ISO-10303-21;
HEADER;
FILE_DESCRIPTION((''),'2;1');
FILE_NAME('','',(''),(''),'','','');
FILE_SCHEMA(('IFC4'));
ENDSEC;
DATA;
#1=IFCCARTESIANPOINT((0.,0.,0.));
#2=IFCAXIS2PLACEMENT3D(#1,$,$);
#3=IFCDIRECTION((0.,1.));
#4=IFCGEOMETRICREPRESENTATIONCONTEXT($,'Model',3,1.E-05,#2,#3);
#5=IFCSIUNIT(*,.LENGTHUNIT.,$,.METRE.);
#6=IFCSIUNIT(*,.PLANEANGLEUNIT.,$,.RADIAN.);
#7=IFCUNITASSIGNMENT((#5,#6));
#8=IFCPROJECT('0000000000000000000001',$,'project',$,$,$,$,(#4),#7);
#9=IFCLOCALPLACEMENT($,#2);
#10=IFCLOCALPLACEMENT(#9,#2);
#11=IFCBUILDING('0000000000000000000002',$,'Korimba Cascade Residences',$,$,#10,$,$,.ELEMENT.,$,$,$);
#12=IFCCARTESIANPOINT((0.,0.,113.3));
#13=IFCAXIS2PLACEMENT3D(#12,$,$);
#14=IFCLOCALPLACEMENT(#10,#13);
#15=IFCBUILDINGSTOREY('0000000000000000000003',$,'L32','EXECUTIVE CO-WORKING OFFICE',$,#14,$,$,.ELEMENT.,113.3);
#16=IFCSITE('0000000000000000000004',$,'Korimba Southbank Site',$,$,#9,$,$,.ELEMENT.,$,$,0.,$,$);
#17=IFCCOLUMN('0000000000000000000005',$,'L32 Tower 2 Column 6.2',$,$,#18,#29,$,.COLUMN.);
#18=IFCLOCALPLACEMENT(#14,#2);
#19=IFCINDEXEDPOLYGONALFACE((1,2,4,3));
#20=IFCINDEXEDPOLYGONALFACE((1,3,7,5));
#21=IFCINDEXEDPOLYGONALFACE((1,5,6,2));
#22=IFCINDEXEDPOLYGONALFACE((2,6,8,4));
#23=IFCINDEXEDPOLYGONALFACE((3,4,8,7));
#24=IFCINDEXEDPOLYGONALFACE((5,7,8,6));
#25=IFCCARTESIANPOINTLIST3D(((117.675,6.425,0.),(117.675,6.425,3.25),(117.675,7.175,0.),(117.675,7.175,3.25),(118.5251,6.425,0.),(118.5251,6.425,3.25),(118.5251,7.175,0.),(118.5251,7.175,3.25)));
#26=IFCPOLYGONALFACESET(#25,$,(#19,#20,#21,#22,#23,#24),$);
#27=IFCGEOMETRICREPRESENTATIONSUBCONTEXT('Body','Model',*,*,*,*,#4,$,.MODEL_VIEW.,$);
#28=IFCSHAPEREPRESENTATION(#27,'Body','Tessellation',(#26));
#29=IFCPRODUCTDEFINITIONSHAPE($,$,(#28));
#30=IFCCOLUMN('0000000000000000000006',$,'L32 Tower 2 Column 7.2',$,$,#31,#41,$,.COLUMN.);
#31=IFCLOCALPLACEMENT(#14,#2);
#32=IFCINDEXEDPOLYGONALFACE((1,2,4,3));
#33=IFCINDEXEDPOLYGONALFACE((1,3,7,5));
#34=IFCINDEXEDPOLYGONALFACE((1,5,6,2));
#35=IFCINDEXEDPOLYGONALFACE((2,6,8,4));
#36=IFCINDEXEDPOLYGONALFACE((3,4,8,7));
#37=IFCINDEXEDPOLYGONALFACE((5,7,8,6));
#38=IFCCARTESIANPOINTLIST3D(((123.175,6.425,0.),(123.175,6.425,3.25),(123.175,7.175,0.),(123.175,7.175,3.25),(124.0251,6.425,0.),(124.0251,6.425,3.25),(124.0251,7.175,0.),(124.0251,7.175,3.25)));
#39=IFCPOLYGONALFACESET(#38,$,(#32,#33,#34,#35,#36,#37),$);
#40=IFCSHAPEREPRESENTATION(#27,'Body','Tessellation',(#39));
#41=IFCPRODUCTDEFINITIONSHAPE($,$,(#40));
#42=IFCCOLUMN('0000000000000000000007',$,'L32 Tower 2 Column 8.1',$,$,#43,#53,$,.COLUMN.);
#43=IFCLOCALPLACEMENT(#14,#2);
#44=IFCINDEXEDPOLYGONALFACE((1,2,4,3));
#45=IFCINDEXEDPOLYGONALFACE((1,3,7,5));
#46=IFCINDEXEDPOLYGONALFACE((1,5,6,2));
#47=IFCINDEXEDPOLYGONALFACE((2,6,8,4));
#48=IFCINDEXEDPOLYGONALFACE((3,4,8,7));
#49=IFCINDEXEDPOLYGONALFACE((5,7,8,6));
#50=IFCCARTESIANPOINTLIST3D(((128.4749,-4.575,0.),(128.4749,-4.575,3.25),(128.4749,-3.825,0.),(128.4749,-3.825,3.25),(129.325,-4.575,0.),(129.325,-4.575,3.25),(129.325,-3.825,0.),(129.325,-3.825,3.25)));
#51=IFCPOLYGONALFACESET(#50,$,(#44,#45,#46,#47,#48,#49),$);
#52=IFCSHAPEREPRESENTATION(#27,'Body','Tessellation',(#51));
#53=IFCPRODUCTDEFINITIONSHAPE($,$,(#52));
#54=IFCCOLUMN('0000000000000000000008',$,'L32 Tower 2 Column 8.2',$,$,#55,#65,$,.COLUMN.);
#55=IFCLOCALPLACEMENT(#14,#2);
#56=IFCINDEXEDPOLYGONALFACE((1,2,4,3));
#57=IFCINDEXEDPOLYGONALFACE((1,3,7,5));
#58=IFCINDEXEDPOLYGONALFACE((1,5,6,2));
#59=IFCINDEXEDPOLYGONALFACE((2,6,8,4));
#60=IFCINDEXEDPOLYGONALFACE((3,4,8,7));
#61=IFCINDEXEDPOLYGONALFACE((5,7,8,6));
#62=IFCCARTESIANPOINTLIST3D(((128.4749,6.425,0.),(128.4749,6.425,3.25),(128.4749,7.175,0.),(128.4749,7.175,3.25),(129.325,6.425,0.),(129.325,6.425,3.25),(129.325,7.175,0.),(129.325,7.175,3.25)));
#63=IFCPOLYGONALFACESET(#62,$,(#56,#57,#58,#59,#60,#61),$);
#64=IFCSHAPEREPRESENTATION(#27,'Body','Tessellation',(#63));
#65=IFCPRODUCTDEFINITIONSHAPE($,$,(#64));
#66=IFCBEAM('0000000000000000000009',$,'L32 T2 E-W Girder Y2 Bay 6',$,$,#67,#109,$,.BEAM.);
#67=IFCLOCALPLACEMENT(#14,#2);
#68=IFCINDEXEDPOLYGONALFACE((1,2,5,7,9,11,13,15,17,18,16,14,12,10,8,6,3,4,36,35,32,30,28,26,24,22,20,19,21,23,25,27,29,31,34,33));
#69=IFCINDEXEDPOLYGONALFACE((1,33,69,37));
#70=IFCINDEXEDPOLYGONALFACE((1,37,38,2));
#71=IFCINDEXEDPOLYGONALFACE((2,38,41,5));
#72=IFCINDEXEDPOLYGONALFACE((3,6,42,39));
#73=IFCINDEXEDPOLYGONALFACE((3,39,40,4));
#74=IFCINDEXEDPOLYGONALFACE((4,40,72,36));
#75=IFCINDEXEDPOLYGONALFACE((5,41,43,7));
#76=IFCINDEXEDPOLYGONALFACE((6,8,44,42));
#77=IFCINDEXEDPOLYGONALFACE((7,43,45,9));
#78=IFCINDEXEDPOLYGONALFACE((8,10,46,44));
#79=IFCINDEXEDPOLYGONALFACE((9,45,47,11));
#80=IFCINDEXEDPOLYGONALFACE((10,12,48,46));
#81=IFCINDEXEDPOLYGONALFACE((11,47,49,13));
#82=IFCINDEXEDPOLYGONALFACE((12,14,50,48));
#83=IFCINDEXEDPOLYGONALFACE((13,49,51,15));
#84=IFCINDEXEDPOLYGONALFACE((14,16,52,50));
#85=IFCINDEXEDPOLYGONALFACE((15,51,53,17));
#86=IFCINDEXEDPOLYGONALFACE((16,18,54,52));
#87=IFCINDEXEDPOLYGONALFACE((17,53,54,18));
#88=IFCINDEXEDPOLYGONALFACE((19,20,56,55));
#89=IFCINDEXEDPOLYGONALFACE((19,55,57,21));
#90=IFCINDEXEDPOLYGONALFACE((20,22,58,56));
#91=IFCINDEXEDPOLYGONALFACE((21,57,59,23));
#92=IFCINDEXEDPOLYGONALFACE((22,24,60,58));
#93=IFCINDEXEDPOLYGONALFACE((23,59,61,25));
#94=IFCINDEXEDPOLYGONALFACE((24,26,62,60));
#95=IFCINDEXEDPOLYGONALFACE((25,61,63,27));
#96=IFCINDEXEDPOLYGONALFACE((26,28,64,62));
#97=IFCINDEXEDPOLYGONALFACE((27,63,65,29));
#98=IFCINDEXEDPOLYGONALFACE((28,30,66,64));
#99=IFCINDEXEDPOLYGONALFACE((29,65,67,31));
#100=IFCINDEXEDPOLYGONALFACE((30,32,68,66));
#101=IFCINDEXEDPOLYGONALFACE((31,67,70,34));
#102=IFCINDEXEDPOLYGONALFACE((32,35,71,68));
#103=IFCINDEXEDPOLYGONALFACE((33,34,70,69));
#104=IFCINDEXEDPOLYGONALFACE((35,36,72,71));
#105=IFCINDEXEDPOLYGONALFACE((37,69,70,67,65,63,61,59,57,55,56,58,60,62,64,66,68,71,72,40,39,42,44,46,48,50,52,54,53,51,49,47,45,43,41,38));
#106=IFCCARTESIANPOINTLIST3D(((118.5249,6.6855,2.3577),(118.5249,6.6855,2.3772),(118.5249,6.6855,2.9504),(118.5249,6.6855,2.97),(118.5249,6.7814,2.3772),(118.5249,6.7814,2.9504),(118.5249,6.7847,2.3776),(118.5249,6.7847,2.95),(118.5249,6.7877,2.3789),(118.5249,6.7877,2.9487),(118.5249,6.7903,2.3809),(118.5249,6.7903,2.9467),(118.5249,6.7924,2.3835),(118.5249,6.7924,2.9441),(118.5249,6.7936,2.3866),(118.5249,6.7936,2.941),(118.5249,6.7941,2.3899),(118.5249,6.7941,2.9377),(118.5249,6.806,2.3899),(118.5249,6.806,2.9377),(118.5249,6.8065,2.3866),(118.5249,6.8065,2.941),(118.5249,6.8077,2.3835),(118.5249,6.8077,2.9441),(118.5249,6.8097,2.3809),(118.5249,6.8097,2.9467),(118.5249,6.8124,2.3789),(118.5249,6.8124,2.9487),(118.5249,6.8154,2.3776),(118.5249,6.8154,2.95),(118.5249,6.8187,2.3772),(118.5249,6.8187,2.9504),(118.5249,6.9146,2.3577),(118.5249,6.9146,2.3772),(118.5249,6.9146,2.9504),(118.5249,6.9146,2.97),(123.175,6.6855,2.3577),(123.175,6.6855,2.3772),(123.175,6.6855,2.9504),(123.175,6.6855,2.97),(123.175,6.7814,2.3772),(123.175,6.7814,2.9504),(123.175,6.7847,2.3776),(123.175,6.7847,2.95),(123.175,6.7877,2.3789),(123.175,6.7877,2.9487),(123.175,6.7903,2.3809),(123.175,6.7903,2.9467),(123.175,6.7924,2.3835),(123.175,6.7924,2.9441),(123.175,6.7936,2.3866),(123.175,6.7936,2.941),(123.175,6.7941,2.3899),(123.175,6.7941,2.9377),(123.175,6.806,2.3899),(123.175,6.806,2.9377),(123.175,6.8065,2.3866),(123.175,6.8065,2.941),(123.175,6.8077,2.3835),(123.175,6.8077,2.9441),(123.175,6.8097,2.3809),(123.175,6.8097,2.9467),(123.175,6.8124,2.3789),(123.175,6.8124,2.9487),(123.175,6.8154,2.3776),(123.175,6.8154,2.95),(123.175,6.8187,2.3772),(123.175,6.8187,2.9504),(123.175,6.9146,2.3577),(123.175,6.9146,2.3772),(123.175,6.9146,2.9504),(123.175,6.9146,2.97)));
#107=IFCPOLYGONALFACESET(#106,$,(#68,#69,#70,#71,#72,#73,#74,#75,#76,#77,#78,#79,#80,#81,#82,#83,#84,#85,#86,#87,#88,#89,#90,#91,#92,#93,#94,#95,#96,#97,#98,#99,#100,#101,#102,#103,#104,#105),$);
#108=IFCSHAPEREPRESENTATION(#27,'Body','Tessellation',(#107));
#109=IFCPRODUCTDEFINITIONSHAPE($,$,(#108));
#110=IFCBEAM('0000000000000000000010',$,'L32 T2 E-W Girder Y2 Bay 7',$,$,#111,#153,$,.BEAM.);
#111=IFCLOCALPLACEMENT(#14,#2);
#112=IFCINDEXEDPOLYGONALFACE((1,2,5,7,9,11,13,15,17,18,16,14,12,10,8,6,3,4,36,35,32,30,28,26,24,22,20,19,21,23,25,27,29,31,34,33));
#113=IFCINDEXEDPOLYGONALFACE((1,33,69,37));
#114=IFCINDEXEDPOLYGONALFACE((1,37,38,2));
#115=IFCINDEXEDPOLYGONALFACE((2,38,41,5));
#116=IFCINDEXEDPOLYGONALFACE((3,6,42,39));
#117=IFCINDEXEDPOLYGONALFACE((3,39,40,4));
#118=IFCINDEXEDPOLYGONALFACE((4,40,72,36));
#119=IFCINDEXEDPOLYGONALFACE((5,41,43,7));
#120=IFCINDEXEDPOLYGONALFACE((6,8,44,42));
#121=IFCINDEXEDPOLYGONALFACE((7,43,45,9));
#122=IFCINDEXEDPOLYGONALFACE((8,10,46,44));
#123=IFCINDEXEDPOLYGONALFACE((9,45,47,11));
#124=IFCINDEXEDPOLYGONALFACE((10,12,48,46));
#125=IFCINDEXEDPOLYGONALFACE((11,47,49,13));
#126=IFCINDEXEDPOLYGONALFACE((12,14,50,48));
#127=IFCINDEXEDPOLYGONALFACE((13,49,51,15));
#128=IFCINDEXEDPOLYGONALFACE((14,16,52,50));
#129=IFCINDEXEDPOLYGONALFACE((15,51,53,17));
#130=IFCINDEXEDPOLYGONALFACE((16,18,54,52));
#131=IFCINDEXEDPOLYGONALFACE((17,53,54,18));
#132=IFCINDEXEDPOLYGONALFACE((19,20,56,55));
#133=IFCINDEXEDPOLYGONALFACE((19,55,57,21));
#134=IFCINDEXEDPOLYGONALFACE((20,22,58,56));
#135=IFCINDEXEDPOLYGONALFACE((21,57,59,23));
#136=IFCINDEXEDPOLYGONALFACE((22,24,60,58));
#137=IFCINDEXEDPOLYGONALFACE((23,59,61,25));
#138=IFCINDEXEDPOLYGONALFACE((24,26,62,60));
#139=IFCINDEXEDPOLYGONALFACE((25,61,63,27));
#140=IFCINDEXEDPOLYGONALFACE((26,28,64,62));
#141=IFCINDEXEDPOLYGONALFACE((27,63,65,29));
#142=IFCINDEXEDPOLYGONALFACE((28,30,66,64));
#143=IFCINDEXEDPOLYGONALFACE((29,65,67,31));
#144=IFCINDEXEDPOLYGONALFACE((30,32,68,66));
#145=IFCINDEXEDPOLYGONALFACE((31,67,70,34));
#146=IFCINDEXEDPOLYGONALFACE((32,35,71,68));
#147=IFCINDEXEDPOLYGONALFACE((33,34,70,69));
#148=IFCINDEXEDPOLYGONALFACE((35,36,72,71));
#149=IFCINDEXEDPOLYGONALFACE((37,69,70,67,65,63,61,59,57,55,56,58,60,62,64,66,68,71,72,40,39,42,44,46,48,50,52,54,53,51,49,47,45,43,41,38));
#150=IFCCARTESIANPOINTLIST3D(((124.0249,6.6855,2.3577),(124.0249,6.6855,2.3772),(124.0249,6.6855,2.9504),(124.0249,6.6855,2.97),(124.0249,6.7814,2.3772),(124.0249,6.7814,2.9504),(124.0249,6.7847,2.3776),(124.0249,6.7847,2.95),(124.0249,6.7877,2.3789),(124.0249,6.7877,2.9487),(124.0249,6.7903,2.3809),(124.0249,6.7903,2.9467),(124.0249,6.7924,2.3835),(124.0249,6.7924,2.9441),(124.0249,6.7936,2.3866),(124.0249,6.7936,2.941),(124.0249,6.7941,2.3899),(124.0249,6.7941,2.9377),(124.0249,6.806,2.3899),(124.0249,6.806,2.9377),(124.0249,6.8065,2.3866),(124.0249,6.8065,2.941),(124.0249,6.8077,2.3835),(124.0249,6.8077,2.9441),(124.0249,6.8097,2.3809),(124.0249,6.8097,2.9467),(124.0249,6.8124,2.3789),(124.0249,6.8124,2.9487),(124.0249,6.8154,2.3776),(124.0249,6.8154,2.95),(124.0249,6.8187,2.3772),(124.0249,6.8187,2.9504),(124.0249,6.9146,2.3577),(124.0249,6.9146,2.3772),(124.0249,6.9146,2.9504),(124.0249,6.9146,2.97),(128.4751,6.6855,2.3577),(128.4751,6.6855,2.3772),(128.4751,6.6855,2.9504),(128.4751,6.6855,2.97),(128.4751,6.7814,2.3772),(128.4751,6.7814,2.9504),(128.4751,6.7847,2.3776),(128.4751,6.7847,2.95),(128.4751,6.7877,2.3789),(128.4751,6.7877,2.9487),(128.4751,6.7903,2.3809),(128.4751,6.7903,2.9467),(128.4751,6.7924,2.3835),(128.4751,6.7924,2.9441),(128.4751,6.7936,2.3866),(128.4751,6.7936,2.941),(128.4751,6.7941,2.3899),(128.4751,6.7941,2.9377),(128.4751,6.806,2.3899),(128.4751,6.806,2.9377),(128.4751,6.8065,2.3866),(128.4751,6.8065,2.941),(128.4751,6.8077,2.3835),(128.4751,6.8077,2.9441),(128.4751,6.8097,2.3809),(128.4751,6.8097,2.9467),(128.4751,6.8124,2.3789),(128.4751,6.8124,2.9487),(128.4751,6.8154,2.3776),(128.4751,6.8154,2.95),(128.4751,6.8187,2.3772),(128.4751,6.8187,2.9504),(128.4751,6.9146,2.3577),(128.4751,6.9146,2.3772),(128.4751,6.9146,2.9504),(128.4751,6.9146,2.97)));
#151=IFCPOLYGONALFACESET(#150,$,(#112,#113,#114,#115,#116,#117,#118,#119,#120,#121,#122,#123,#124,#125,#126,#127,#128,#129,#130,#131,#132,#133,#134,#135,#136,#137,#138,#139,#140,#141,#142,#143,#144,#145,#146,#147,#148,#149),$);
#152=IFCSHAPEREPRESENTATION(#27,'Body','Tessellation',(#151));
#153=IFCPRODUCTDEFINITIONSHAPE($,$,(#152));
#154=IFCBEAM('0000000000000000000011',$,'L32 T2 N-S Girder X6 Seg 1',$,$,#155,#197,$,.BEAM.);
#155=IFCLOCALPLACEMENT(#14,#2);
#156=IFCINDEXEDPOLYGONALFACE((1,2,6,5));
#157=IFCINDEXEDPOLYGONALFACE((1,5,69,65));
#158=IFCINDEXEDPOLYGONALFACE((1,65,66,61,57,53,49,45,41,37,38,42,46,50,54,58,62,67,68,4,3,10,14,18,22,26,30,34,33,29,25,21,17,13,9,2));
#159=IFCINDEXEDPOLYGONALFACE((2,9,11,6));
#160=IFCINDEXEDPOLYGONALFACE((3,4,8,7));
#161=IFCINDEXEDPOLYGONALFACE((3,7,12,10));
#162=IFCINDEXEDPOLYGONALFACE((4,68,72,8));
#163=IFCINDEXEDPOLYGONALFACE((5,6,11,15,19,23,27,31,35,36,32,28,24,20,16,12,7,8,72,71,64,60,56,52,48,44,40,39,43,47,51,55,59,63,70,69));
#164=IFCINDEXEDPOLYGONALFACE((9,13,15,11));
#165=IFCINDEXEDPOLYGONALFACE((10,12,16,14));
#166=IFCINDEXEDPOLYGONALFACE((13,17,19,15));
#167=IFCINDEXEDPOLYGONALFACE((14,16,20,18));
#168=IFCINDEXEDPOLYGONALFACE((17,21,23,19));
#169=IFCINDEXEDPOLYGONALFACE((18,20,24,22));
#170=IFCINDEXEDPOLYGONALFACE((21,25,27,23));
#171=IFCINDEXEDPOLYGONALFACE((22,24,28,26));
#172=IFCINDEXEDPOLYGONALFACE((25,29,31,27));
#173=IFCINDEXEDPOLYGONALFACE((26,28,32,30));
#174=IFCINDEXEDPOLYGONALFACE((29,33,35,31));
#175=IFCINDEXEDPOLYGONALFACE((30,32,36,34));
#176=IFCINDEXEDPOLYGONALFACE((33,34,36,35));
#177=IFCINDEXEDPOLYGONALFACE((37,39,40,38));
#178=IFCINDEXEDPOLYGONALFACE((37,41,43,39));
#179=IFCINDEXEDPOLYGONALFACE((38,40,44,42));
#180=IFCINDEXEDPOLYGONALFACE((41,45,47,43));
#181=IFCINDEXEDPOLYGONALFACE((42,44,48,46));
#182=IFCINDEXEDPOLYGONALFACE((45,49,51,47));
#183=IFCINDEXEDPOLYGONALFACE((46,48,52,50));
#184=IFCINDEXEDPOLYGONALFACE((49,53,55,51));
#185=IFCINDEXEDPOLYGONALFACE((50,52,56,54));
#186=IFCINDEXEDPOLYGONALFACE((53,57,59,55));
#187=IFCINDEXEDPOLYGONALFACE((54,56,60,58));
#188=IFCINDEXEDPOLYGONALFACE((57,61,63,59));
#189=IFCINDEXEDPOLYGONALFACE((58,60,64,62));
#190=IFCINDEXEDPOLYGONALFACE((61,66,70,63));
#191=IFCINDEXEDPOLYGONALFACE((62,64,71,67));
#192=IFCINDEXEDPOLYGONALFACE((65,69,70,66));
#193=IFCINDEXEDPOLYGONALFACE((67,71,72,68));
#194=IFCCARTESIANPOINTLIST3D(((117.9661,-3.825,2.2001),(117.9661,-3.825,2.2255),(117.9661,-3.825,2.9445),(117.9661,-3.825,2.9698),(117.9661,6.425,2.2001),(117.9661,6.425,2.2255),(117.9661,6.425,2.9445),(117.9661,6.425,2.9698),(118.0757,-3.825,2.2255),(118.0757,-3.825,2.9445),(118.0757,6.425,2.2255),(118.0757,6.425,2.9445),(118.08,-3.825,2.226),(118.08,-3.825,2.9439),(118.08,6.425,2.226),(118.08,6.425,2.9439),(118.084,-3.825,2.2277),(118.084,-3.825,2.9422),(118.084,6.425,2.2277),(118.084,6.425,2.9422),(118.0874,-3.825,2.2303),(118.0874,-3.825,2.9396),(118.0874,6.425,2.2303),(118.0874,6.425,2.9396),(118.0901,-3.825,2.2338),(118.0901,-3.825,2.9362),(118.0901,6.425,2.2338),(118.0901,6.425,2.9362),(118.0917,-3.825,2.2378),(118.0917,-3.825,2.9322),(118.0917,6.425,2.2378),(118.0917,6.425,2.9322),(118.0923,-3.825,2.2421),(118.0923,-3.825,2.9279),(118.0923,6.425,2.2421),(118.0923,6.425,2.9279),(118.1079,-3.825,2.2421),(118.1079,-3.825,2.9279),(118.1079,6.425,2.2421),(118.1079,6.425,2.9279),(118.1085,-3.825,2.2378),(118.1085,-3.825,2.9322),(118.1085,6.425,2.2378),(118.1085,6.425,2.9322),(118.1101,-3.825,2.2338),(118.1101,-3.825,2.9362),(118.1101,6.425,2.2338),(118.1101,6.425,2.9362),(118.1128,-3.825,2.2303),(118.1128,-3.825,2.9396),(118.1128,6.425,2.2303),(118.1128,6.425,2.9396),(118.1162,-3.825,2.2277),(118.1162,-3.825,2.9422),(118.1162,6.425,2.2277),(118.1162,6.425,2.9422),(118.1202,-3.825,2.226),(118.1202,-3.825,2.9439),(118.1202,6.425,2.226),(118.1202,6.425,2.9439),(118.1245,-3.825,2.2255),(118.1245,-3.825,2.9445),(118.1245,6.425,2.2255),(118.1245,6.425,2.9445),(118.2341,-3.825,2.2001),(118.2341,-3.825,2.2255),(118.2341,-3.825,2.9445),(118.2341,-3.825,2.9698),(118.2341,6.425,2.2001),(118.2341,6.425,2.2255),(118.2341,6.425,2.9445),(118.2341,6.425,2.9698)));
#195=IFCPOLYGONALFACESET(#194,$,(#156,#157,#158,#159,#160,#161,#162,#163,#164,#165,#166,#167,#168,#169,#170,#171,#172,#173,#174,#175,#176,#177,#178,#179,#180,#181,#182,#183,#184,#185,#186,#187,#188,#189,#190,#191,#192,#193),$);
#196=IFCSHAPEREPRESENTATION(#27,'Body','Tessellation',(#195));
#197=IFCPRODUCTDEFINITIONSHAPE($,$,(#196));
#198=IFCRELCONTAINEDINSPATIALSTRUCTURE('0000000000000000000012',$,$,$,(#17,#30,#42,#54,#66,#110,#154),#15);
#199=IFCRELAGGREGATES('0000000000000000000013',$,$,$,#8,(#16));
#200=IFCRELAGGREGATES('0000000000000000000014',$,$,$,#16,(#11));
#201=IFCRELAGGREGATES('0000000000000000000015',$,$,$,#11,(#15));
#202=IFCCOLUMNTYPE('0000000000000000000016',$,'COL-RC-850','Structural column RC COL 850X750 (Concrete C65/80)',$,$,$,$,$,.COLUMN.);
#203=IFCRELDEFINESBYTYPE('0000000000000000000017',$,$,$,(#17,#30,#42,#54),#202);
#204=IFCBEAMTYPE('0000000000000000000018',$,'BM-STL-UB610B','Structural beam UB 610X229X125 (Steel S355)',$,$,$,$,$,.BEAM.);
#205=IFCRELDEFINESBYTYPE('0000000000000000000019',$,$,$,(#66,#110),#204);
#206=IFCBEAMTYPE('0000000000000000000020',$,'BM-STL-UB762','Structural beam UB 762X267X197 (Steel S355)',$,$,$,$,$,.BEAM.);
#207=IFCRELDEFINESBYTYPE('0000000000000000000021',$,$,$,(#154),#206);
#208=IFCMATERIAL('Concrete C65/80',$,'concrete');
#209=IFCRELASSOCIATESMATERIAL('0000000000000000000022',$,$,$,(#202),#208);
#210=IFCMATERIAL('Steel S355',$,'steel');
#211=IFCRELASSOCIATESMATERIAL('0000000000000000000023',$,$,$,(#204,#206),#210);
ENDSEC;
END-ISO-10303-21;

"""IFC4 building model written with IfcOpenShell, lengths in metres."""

from ifc_helpers import new_model, si_unit, direction, frame, origin, origin_2d, place, context, subcontext, project, spatial, rectangle, i_section, extrude, material, material_profile, profile_set, type_object, element, save


model = new_model("IFC4")

# Units and contexts
model_context = context("Model", 3, precision=1e-05, world=origin(), true_north=direction((0.0, 1.0)))
body_context = subcontext(model_context, "Body", "Model", "MODEL_VIEW")
ifc_project = project(units=[si_unit("LENGTHUNIT", "METRE"), si_unit("PLANEANGLEUNIT", "RADIAN")], contexts=[model_context])

# Site, building, storey
site_placement = place(None, origin())
site = spatial("IfcSite", under=ifc_project, at=site_placement, Name="Korimba Southbank Site", CompositionType="ELEMENT", RefElevation=0.0)
building_placement = place(site_placement, origin())
building = spatial("IfcBuilding", under=site, at=building_placement, Name="Korimba Cascade Residences", CompositionType="ELEMENT")
storey_placement = place(building_placement, frame((0.0, 0.0, 113.3)))
storey = spatial("IfcBuildingStorey", under=building, at=storey_placement, Name="L32", Description="EXECUTIVE CO-WORKING OFFICE", CompositionType="ELEMENT", Elevation=113.3)

# Columns
ifc_material_1 = material(Name="Concrete C65/80", Category="concrete")
ifc_material_profile_1 = material_profile(ifc_material_1, rectangle(XDim=0.8501, YDim=0.75, at=origin_2d()), Name="Concrete C65/80")
ifc_profile_set_1 = profile_set([ifc_material_profile_1], Name="Concrete C65/80")
column_type = type_object("IfcColumnType", Name="COL-RC-850", Description="Structural column RC COL 850X750 (Concrete C65/80)", PredefinedType="COLUMN", material=ifc_profile_set_1)
for number, where, z_axis, x_axis, name in (
    (1, (118.1001, 6.8, 0.0), (0.0, 0.0, 1.0), (1.0, 0.0, 0.0), "L32 Tower 2 Column 6.2"),
    (2, (123.6001, 6.8, 0.0), (0.0, 0.0, 1.0), (1.0, 0.0, 0.0), "L32 Tower 2 Column 7.2"),
    (3, (128.8999, -4.2, 0.0), (0.0, 0.0, 1.0), (1.0, 0.0, 0.0), "L32 Tower 2 Column 8.1"),
    (4, (128.8999, 6.8, 0.0), (0.0, 0.0, 1.0), (1.0, 0.0, 0.0), "L32 Tower 2 Column 8.2"),
):
    element("IfcColumn", number, at=place(storey_placement, frame(where, z_axis=z_axis, x_axis=x_axis)), inside=storey, type_object=column_type, Name=name, PredefinedType="COLUMN", context=body_context, shape_type="SweptSolid", body=[
        extrude(rectangle(XDim=0.8501, YDim=0.75, at=origin_2d()), origin(), (0.0, 0.0, 1.0), 3.25),
    ])

# Beams
ifc_material_2 = material(Name="Steel S355", Category="steel")
ifc_material_profile_2 = material_profile(ifc_material_2, i_section(OverallWidth=0.229, OverallDepth=0.6123, WebThickness=0.012, FlangeThickness=0.0195, FilletRadius=0.0127, at=origin_2d()), Name="Steel S355")
ifc_profile_set_2 = profile_set([ifc_material_profile_2], Name="Steel S355")
beam_type_1 = type_object("IfcBeamType", Name="BM-STL-UB610B", Description="Structural beam UB 610X229X125 (Steel S355)", PredefinedType="BEAM", material=ifc_profile_set_2)
beam_1_placement = place(storey_placement, frame((118.5249, 6.8, 2.6638), z_axis=(1.0, 0.0, 0.0), x_axis=(0.0, 1.0, 0.0)))
element("IfcBeam", 5, at=beam_1_placement, inside=storey, type_object=beam_type_1, Name="L32 T2 E-W Girder Y2 Bay 6", PredefinedType="BEAM", context=body_context, shape_type="SweptSolid", body=[
    extrude(i_section(OverallWidth=0.229, OverallDepth=0.6123, WebThickness=0.012, FlangeThickness=0.0195, FilletRadius=0.0127, at=origin_2d()), origin(), (0.0, 0.0, 1.0), 4.6501),
])
beam_2_placement = place(storey_placement, frame((124.0249, 6.8, 2.6638), z_axis=(1.0, 0.0, 0.0), x_axis=(0.0, 1.0, 0.0)))
element("IfcBeam", 6, at=beam_2_placement, inside=storey, type_object=beam_type_1, Name="L32 T2 E-W Girder Y2 Bay 7", PredefinedType="BEAM", context=body_context, shape_type="SweptSolid", body=[
    extrude(i_section(OverallWidth=0.229, OverallDepth=0.6123, WebThickness=0.012, FlangeThickness=0.0195, FilletRadius=0.0127, at=origin_2d()), origin(), (0.0, 0.0, 1.0), 4.4502),
])
ifc_material_profile_3 = material_profile(ifc_material_2, i_section(OverallWidth=0.2681, OverallDepth=0.7698, WebThickness=0.0156, FlangeThickness=0.0254, FilletRadius=0.0166, at=origin_2d()), Name="Steel S355")
ifc_profile_set_3 = profile_set([ifc_material_profile_3], Name="Steel S355")
beam_type_2 = type_object("IfcBeamType", Name="BM-STL-UB762", Description="Structural beam UB 762X267X197 (Steel S355)", PredefinedType="BEAM", material=ifc_profile_set_3)
for number, where, z_axis, x_axis, name in (
    (7, (118.1001, -3.825, 2.585), (0.0, 1.0, 0.0), (-1.0, 0.0, 0.0), "L32 T2 N-S Girder X6 Seg 1"),
):
    element("IfcBeam", number, at=place(storey_placement, frame(where, z_axis=z_axis, x_axis=x_axis)), inside=storey, type_object=beam_type_2, Name=name, PredefinedType="BEAM", context=body_context, shape_type="SweptSolid", body=[
        extrude(i_section(OverallWidth=0.2681, OverallDepth=0.7698, WebThickness=0.0156, FlangeThickness=0.0254, FilletRadius=0.0166, at=origin_2d()), origin(), (0.0, 0.0, 1.0), 10.25),
    ])

save(model, "model.ifc")
